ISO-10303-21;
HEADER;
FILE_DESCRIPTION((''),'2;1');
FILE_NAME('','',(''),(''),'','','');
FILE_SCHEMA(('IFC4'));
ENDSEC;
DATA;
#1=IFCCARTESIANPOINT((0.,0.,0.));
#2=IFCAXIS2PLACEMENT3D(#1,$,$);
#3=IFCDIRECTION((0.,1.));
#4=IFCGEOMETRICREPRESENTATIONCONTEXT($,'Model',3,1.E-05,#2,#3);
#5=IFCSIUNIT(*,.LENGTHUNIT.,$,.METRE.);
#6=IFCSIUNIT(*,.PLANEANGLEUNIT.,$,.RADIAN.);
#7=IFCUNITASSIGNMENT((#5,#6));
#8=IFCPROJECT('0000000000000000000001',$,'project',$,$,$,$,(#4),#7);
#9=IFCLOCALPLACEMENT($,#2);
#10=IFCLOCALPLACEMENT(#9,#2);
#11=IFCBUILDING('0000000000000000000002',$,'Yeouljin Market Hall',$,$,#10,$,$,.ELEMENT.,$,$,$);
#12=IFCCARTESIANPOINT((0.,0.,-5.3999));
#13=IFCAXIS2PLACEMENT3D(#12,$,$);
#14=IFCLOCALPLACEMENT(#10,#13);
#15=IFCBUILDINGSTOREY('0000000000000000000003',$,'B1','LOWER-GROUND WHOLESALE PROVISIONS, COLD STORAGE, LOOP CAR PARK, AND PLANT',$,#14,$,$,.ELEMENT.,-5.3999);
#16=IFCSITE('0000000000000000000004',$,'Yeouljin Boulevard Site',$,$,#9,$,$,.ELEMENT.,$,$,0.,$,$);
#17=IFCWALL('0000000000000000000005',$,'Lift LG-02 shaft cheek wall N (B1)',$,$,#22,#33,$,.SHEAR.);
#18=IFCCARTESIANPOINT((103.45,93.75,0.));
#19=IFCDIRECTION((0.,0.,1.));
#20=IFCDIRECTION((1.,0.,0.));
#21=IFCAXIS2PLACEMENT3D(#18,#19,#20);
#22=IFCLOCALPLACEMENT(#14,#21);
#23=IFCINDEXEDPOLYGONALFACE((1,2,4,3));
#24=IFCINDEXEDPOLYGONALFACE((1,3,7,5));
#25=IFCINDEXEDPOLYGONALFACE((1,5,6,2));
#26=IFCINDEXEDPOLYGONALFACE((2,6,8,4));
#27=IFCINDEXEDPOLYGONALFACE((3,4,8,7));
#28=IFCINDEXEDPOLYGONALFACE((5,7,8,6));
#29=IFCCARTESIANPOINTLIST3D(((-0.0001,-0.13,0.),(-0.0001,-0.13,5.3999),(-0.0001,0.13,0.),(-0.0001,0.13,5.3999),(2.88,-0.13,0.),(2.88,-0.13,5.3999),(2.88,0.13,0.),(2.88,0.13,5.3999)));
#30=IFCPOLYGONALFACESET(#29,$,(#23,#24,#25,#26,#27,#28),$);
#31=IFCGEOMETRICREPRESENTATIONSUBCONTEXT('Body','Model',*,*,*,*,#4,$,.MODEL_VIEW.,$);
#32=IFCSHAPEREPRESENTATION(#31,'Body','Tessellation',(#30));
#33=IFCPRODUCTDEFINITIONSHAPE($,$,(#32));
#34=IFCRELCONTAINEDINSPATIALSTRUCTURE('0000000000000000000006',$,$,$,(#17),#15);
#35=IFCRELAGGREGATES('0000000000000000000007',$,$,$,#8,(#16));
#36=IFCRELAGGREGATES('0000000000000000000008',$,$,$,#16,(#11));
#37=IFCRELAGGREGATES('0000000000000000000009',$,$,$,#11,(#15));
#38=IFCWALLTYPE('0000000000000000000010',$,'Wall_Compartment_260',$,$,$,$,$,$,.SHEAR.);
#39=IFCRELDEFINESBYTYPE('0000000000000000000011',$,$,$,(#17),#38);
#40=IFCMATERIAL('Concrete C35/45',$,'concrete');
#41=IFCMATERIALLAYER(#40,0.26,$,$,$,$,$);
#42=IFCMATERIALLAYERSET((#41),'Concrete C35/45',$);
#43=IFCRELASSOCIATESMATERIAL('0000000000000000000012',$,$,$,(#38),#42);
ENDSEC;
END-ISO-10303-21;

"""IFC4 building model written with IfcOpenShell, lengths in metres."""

from ifc_helpers import new_model, si_unit, direction, frame, frame_2d, origin, place, context, subcontext, project, spatial, rectangle, extrude, material, layer, layer_set, type_object, element, save


model = new_model("IFC4")

# Units and contexts
model_context = context("Model", 3, precision=1e-05, world=origin(), true_north=direction((0.0, 1.0)))
body_context = subcontext(model_context, "Body", "Model", "MODEL_VIEW")
ifc_project = project(units=[si_unit("LENGTHUNIT", "METRE"), si_unit("PLANEANGLEUNIT", "RADIAN")], contexts=[model_context])

# Site, building, storey
site_placement = place(None, origin())
site = spatial("IfcSite", under=ifc_project, at=site_placement, Name="Yeouljin Boulevard Site", CompositionType="ELEMENT", RefElevation=0.0)
building_placement = place(site_placement, origin())
building = spatial("IfcBuilding", under=site, at=building_placement, Name="Yeouljin Market Hall", CompositionType="ELEMENT")
storey_placement = place(building_placement, frame((0.0, 0.0, -5.3999)))
storey = spatial("IfcBuildingStorey", under=building, at=storey_placement, Name="B1", Description="LOWER-GROUND WHOLESALE PROVISIONS, COLD STORAGE, LOOP CAR PARK, AND PLANT", CompositionType="ELEMENT", Elevation=-5.3999)

# Wall
ifc_material_1 = material(Name="Concrete C35/45", Category="concrete")
ifc_layer_1 = layer(ifc_material_1, 0.26)
ifc_layer_set_1 = layer_set([ifc_layer_1], Name="Concrete C35/45")
wall_type_1 = type_object("IfcWallType", Name="Wall_Compartment_260", PredefinedType="SHEAR", material=ifc_layer_set_1)
wall_1_placement = place(storey_placement, frame((103.45, 93.75, 0.0), z_axis=(0.0, 0.0, 1.0), x_axis=(1.0, 0.0, 0.0)))
element("IfcWall", 1, at=wall_1_placement, inside=storey, type_object=wall_type_1, Name="Lift LG-02 shaft cheek wall N (B1)", PredefinedType="SHEAR", context=body_context, shape_type="SweptSolid", body=[
    extrude(rectangle(XDim=2.8801, YDim=0.26, at=frame_2d((1.4399, 0.0))), origin(), (0.0, 0.0, 1.0), 5.3999),
])

save(model, "model.ifc")
